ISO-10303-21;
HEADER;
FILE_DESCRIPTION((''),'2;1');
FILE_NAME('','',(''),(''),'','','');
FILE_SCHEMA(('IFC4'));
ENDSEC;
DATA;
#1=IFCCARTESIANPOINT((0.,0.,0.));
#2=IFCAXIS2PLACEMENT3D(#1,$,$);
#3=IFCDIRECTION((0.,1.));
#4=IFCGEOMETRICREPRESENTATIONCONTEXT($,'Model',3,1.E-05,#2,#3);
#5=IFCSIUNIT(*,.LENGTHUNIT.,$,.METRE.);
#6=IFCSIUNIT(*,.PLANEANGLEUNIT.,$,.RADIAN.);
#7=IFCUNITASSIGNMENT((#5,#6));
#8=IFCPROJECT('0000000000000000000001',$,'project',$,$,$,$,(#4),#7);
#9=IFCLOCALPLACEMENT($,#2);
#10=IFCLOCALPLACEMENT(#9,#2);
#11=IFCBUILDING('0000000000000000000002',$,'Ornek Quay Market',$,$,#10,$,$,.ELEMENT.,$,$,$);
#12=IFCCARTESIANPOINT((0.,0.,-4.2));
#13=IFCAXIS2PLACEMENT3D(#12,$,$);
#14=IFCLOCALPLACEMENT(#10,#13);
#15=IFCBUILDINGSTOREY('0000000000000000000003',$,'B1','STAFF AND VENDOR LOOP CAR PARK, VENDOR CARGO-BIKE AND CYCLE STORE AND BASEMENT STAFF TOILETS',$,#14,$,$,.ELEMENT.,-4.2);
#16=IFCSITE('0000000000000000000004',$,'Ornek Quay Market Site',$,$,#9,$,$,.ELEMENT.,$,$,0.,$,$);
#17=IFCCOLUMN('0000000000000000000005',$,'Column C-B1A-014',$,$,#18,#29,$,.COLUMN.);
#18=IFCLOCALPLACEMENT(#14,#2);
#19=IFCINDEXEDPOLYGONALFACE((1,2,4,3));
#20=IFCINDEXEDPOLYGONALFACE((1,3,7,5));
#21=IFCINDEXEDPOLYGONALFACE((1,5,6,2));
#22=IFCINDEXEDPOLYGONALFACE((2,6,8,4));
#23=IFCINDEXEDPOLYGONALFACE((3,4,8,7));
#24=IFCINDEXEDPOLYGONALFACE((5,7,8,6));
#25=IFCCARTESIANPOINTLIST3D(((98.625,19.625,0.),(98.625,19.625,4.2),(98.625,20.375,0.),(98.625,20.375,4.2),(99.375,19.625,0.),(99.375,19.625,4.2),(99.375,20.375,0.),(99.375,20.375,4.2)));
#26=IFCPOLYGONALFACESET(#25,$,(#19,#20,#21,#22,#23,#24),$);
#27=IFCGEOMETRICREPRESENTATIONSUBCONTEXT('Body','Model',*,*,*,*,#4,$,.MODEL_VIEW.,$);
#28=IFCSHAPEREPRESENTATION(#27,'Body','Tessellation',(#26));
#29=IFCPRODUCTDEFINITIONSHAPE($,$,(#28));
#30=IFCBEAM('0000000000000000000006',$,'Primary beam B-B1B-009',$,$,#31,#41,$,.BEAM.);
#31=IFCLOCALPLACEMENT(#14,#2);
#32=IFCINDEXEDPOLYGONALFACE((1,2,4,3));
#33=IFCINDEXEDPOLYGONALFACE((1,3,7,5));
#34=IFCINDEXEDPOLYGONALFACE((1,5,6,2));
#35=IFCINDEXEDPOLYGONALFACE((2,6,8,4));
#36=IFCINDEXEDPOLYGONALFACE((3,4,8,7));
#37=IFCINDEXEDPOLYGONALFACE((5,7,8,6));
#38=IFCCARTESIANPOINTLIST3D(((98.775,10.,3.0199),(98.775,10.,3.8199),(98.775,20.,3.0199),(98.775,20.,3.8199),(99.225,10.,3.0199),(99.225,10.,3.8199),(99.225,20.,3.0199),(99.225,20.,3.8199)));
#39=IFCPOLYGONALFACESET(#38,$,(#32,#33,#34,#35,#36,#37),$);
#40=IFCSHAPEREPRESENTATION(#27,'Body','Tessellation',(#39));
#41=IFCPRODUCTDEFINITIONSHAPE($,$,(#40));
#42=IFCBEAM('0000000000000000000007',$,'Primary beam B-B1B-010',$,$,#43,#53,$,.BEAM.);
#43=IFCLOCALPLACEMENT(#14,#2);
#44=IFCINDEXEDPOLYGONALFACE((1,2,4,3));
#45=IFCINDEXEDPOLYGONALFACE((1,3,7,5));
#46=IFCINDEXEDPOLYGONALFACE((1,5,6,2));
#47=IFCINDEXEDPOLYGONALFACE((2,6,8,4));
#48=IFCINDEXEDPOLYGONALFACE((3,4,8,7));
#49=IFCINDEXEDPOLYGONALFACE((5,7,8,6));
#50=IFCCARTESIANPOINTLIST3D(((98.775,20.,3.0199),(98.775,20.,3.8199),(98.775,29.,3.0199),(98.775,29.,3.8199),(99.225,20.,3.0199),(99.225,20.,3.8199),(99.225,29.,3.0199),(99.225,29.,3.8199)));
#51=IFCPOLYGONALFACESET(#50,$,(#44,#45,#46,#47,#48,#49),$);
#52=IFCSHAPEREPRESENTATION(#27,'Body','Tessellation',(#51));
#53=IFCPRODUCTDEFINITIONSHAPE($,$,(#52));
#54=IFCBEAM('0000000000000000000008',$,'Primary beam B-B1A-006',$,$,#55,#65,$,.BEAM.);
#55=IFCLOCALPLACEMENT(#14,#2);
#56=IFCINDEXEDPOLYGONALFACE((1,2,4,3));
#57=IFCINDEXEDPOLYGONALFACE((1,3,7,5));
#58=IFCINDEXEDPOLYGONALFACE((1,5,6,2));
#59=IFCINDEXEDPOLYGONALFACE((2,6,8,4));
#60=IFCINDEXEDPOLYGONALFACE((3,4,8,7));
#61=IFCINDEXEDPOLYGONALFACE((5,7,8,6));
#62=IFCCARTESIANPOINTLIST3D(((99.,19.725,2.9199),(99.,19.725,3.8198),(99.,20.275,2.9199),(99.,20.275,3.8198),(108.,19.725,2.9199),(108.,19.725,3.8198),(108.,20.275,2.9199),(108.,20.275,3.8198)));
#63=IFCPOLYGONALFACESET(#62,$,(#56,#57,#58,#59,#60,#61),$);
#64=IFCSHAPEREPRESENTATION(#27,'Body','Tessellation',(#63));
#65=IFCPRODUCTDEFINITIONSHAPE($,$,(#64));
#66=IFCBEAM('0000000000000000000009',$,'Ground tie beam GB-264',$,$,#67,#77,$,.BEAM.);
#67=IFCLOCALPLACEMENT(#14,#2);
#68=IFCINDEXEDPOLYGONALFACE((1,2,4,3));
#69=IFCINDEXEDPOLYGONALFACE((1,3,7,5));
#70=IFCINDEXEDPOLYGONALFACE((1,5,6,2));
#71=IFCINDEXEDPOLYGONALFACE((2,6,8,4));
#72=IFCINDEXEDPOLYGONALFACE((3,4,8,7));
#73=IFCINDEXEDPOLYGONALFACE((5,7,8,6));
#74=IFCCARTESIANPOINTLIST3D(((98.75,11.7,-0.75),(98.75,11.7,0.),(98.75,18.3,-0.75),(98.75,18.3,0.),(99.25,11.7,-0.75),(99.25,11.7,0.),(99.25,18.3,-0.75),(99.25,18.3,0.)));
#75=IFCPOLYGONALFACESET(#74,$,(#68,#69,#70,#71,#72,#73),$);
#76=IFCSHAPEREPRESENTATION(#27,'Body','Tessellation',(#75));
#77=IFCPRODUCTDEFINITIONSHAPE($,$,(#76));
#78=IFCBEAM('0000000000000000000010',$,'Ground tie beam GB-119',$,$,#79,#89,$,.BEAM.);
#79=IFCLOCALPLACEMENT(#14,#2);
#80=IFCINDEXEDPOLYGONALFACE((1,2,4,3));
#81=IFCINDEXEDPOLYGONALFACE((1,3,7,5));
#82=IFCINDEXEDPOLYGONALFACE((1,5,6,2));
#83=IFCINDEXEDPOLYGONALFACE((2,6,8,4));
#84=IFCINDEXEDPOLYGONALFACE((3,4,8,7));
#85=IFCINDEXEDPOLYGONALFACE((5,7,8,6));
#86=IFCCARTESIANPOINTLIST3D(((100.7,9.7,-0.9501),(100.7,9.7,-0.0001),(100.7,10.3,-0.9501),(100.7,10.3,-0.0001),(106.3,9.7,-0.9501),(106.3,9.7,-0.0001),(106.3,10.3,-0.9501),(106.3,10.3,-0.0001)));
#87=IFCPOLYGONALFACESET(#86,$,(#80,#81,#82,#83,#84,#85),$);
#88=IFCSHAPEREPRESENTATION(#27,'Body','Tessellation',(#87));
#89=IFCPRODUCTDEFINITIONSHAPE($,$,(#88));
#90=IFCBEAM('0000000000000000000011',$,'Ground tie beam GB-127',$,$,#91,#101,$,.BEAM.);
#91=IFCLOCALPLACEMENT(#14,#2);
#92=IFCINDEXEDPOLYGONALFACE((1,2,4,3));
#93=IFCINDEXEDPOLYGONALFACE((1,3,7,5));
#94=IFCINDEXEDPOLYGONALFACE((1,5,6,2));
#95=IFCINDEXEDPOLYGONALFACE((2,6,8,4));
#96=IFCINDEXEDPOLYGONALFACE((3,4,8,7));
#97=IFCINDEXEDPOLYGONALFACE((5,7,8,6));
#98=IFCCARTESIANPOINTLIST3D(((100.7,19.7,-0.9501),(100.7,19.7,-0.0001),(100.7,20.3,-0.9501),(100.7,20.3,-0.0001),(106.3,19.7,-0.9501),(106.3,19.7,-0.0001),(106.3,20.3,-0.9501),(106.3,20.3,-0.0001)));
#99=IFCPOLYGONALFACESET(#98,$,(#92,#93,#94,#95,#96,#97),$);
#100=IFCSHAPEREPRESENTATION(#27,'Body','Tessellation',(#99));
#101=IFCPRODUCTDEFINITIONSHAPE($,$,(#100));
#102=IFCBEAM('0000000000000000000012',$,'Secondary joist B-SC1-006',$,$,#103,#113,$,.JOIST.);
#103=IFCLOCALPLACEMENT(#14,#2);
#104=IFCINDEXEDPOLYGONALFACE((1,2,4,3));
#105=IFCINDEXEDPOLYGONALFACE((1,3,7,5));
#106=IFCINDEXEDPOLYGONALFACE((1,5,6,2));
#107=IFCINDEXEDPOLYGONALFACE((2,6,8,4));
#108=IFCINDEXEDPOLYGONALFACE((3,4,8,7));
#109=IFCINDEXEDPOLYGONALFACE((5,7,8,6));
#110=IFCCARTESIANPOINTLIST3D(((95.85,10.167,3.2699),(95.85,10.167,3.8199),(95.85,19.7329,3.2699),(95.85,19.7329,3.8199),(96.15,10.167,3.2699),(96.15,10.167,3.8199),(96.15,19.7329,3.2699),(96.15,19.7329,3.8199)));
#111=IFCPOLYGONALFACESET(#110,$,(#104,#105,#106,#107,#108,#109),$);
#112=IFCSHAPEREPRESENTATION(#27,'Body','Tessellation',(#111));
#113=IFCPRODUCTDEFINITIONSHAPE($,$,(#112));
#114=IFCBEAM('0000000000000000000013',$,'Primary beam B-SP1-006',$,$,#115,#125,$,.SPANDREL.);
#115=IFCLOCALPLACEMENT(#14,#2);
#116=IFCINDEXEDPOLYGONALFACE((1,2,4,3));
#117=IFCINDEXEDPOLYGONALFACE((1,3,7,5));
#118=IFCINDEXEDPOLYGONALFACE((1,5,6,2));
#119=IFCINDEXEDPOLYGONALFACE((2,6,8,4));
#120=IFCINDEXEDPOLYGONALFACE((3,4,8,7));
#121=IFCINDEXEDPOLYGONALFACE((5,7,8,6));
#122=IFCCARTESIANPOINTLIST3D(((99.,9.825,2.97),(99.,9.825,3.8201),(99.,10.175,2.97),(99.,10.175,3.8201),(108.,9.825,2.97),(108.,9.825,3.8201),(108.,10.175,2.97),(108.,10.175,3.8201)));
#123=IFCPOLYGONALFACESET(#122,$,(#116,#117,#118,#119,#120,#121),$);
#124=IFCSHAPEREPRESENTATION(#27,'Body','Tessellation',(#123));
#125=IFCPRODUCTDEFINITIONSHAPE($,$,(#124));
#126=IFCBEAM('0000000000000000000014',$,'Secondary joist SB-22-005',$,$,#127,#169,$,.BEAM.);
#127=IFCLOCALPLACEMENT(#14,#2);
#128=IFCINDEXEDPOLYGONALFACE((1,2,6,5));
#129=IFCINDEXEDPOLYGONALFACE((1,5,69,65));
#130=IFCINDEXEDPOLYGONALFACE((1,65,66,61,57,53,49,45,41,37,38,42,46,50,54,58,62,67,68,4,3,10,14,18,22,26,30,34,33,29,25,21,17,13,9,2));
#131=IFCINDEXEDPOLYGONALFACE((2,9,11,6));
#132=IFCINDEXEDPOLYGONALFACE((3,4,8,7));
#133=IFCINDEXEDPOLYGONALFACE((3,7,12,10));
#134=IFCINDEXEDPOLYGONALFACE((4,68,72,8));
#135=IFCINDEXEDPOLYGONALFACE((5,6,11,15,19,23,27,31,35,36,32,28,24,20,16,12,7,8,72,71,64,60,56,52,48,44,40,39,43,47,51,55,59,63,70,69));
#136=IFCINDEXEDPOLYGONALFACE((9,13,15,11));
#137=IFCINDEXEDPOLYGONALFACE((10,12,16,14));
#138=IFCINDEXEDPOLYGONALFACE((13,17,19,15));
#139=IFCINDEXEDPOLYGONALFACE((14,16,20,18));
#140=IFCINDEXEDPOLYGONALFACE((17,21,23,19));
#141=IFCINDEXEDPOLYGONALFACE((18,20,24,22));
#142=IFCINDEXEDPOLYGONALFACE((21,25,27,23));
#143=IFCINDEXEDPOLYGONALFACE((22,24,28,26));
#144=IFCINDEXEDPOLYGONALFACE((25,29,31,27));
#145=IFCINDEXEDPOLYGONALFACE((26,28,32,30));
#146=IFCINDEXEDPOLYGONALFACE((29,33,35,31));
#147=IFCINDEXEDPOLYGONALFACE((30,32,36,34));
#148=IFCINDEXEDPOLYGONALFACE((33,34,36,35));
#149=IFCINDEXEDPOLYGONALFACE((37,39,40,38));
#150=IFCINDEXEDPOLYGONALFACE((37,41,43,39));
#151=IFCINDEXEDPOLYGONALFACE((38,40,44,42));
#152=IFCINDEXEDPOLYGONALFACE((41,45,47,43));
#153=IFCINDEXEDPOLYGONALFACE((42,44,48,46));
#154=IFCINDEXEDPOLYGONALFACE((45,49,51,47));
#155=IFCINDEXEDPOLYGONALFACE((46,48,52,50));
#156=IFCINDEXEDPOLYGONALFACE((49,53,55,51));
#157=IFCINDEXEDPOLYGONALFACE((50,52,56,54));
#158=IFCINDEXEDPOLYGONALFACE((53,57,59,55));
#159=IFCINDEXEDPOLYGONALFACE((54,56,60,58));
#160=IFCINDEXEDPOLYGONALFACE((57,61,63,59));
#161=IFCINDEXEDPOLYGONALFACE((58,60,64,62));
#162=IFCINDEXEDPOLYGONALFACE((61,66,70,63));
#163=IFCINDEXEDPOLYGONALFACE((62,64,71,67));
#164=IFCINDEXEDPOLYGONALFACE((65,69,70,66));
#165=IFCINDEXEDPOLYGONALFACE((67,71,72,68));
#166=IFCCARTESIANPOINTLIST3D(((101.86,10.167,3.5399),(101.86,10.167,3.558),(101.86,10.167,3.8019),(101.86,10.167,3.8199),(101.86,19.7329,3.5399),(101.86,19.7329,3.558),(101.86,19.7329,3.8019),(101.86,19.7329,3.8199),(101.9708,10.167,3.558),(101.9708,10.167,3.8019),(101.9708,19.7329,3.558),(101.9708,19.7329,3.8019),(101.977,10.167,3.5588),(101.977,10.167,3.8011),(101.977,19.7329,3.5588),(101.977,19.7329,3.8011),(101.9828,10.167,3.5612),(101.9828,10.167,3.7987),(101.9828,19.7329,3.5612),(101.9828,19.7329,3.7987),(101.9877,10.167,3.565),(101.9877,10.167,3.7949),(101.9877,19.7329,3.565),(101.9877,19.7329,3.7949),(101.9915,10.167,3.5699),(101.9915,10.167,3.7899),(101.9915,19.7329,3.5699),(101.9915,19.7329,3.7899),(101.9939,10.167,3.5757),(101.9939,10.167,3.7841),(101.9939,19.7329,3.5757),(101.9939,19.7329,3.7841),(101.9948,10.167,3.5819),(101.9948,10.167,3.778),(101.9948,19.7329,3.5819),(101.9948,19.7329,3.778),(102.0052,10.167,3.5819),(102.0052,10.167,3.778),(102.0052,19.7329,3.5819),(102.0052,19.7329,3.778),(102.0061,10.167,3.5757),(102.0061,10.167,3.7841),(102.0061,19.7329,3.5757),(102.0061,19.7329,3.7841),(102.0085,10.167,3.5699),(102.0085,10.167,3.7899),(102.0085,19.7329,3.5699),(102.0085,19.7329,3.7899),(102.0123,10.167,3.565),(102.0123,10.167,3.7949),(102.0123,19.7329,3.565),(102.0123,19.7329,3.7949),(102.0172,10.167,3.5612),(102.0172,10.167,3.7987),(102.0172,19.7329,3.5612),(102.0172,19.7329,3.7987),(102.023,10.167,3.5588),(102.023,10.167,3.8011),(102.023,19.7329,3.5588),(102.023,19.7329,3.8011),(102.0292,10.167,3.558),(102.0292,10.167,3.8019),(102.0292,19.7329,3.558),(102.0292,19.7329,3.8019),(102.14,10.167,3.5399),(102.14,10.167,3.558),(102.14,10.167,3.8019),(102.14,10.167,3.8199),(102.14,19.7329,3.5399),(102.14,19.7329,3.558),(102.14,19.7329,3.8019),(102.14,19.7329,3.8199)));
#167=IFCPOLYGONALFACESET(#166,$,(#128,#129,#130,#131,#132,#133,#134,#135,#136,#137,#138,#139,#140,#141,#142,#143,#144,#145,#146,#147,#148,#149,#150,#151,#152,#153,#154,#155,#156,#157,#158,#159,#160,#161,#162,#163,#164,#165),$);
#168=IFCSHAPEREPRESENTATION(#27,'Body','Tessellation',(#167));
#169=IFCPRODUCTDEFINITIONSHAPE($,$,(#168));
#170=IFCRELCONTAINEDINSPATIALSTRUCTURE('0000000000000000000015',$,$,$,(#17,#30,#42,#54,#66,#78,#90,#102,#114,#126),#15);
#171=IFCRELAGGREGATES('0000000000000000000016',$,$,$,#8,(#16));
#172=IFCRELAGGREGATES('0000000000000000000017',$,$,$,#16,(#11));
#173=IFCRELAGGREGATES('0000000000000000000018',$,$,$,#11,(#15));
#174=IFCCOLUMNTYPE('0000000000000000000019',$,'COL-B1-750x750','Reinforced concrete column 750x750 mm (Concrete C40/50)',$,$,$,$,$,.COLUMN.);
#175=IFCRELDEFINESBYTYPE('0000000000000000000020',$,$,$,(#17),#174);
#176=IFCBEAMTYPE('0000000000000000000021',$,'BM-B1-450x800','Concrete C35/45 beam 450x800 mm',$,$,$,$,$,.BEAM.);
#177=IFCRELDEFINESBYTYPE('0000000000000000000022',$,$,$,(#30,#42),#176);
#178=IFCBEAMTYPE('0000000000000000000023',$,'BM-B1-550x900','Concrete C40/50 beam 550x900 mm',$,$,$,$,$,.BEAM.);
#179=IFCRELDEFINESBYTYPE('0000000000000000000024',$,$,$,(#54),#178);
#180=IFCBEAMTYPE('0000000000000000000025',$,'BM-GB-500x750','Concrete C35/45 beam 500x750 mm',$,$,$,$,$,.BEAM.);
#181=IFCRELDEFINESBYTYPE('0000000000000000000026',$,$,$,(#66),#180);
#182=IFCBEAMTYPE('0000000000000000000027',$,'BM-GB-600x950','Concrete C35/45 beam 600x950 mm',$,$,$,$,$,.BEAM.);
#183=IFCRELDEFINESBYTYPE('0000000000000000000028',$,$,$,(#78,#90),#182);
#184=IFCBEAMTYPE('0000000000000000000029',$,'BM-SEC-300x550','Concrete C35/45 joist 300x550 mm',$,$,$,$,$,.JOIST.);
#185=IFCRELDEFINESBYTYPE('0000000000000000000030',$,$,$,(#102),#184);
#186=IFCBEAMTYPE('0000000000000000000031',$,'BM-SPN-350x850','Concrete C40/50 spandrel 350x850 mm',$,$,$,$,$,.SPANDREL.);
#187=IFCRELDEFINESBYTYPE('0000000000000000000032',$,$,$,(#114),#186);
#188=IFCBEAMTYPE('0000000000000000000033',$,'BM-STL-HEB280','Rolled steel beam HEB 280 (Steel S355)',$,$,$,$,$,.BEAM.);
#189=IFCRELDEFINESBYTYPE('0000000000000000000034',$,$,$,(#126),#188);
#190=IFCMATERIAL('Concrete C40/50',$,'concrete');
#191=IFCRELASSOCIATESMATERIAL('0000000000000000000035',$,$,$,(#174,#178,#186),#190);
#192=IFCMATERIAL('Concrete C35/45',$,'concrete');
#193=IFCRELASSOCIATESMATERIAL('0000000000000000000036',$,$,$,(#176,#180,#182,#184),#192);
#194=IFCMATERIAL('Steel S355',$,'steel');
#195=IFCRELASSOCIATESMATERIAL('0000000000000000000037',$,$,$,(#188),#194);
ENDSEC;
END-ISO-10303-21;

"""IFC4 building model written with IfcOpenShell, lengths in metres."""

from ifc_helpers import new_model, si_unit, direction, frame, origin, origin_2d, place, context, subcontext, project, spatial, rectangle, i_section, extrude, material, material_profile, profile_set, type_object, element, save


model = new_model("IFC4")

# Units and contexts
model_context = context("Model", 3, precision=1e-05, world=origin(), true_north=direction((0.0, 1.0)))
body_context = subcontext(model_context, "Body", "Model", "MODEL_VIEW")
ifc_project = project(units=[si_unit("LENGTHUNIT", "METRE"), si_unit("PLANEANGLEUNIT", "RADIAN")], contexts=[model_context])

# Site, building, storey
site_placement = place(None, origin())
site = spatial("IfcSite", under=ifc_project, at=site_placement, Name="Ornek Quay Market Site", CompositionType="ELEMENT", RefElevation=0.0)
building_placement = place(site_placement, origin())
building = spatial("IfcBuilding", under=site, at=building_placement, Name="Ornek Quay Market", CompositionType="ELEMENT")
storey_placement = place(building_placement, frame((0.0, 0.0, -4.2)))
storey = spatial("IfcBuildingStorey", under=building, at=storey_placement, Name="B1", Description="STAFF AND VENDOR LOOP CAR PARK, VENDOR CARGO-BIKE AND CYCLE STORE AND BASEMENT STAFF TOILETS", CompositionType="ELEMENT", Elevation=-4.2)

# Shared definitions
ifc_material_1 = material(Name="Concrete C35/45", Category="concrete")

# Column
ifc_material_2 = material(Name="Concrete C40/50", Category="concrete")
ifc_material_profile_1 = material_profile(ifc_material_2, rectangle(XDim=0.75, YDim=0.75, at=origin_2d()), Name="RC 750x750", Category="concrete")
ifc_profile_set_1 = profile_set([ifc_material_profile_1], Name="Concrete C40/50")
column_type_1 = type_object("IfcColumnType", Name="COL-B1-750x750", Description="Reinforced concrete column 750x750 mm (Concrete C40/50)", PredefinedType="COLUMN", material=ifc_profile_set_1)
for number, where, z_axis, x_axis, name in (
    (1, (99.0, 20.0, 0.0), (0.0, 0.0, 1.0), (1.0, 0.0, 0.0), "Column C-B1A-014"),
):
    element("IfcColumn", number, at=place(storey_placement, frame(where, z_axis=z_axis, x_axis=x_axis)), inside=storey, type_object=column_type_1, Name=name, PredefinedType="COLUMN", context=body_context, shape_type="SweptSolid", body=[
        extrude(rectangle(XDim=0.75, YDim=0.75, at=origin_2d()), origin(), (0.0, 0.0, 1.0), 4.2),
    ])

# Beams
ifc_material_profile_2 = material_profile(ifc_material_1, rectangle(XDim=0.45, YDim=0.8, at=origin_2d()), Name="RC 450x800", Category="concrete")
ifc_profile_set_2 = profile_set([ifc_material_profile_2], Name="Concrete C35/45")
beam_type_1 = type_object("IfcBeamType", Name="BM-B1-450x800", Description="Concrete C35/45 beam 450x800 mm", PredefinedType="BEAM", material=ifc_profile_set_2)
beam_1_placement = place(storey_placement, frame((99.0, 10.0, 3.4199), z_axis=(0.0, 1.0, 0.0), x_axis=(-1.0, 0.0, 0.0)))
element("IfcBeam", 2, at=beam_1_placement, inside=storey, type_object=beam_type_1, Name="Primary beam B-B1B-009", PredefinedType="BEAM", context=body_context, shape_type="SweptSolid", body=[
    extrude(rectangle(XDim=0.45, YDim=0.8, at=origin_2d()), origin(), (0.0, 0.0, 1.0), 10.0),
])
beam_2_placement = place(storey_placement, frame((99.0, 20.0, 3.4199), z_axis=(0.0, 1.0, 0.0), x_axis=(-1.0, 0.0, 0.0)))
element("IfcBeam", 3, at=beam_2_placement, inside=storey, type_object=beam_type_1, Name="Primary beam B-B1B-010", PredefinedType="BEAM", context=body_context, shape_type="SweptSolid", body=[
    extrude(rectangle(XDim=0.45, YDim=0.8, at=origin_2d()), origin(), (0.0, 0.0, 1.0), 9.0),
])
ifc_material_profile_3 = material_profile(ifc_material_2, rectangle(XDim=0.55, YDim=0.8999, at=origin_2d()), Name="RC 550x900", Category="concrete")
ifc_profile_set_3 = profile_set([ifc_material_profile_3], Name="Concrete C40/50")
beam_type_2 = type_object("IfcBeamType", Name="BM-B1-550x900", Description="Concrete C40/50 beam 550x900 mm", PredefinedType="BEAM", material=ifc_profile_set_3)
beam_3_placement = place(storey_placement, frame((99.0, 20.0, 3.3699), z_axis=(1.0, 0.0, 0.0), x_axis=(0.0, 1.0, 0.0)))
element("IfcBeam", 4, at=beam_3_placement, inside=storey, type_object=beam_type_2, Name="Primary beam B-B1A-006", PredefinedType="BEAM", context=body_context, shape_type="SweptSolid", body=[
    extrude(rectangle(XDim=0.55, YDim=0.8999, at=origin_2d()), origin(), (0.0, 0.0, 1.0), 9.0),
])
ifc_material_profile_4 = material_profile(ifc_material_1, rectangle(XDim=0.5, YDim=0.75, at=origin_2d()), Name="RC 500x750", Category="concrete")
ifc_profile_set_4 = profile_set([ifc_material_profile_4], Name="Concrete C35/45")
beam_type_3 = type_object("IfcBeamType", Name="BM-GB-500x750", Description="Concrete C35/45 beam 500x750 mm", PredefinedType="BEAM", material=ifc_profile_set_4)
beam_4_placement = place(storey_placement, frame((99.0, 11.7, -0.375), z_axis=(0.0, 1.0, 0.0), x_axis=(-1.0, 0.0, 0.0)))
element("IfcBeam", 5, at=beam_4_placement, inside=storey, type_object=beam_type_3, Name="Ground tie beam GB-264", PredefinedType="BEAM", context=body_context, shape_type="SweptSolid", body=[
    extrude(rectangle(XDim=0.5, YDim=0.75, at=origin_2d()), origin(), (0.0, 0.0, 1.0), 6.6001),
])
ifc_material_profile_5 = material_profile(ifc_material_1, rectangle(XDim=0.6001, YDim=0.95, at=origin_2d()), Name="RC 600x950", Category="concrete")
ifc_profile_set_5 = profile_set([ifc_material_profile_5], Name="Concrete C35/45")
beam_type_4 = type_object("IfcBeamType", Name="BM-GB-600x950", Description="Concrete C35/45 beam 600x950 mm", PredefinedType="BEAM", material=ifc_profile_set_5)
for number, where, z_axis, x_axis, name in (
    (6, (100.7, 10.0, -0.4751), (1.0, 0.0, 0.0), (0.0, 1.0, 0.0), "Ground tie beam GB-119"),
    (7, (100.7, 20.0, -0.4751), (1.0, 0.0, 0.0), (0.0, 1.0, 0.0), "Ground tie beam GB-127"),
):
    element("IfcBeam", number, at=place(storey_placement, frame(where, z_axis=z_axis, x_axis=x_axis)), inside=storey, type_object=beam_type_4, Name=name, PredefinedType="BEAM", context=body_context, shape_type="SweptSolid", body=[
        extrude(rectangle(XDim=0.6001, YDim=0.95, at=origin_2d()), origin(), (0.0, 0.0, 1.0), 5.6001),
    ])
ifc_material_profile_6 = material_profile(ifc_material_1, rectangle(XDim=0.3, YDim=0.55, at=origin_2d()), Name="RC 300x550", Category="concrete")
ifc_profile_set_6 = profile_set([ifc_material_profile_6], Name="Concrete C35/45")
beam_type_5 = type_object("IfcBeamType", Name="BM-SEC-300x550", Description="Concrete C35/45 joist 300x550 mm", PredefinedType="JOIST", material=ifc_profile_set_6)
beam_5_placement = place(storey_placement, frame((96.0, 10.167, 3.5449), z_axis=(0.0, 1.0, 0.0), x_axis=(-1.0, 0.0, 0.0)))
element("IfcBeam", 8, at=beam_5_placement, inside=storey, type_object=beam_type_5, Name="Secondary joist B-SC1-006", PredefinedType="JOIST", context=body_context, shape_type="SweptSolid", body=[
    extrude(rectangle(XDim=0.3, YDim=0.55, at=origin_2d()), origin(), (0.0, 0.0, 1.0), 9.5659),
])
ifc_material_profile_7 = material_profile(ifc_material_2, rectangle(XDim=0.3501, YDim=0.8501, at=origin_2d()), Name="RC 350x850", Category="concrete")
ifc_profile_set_7 = profile_set([ifc_material_profile_7], Name="Concrete C40/50")
beam_type_6 = type_object("IfcBeamType", Name="BM-SPN-350x850", Description="Concrete C40/50 spandrel 350x850 mm", PredefinedType="SPANDREL", material=ifc_profile_set_7)
beam_6_placement = place(storey_placement, frame((99.0, 10.0, 3.395), z_axis=(1.0, 0.0, 0.0), x_axis=(0.0, 1.0, 0.0)))
element("IfcBeam", 9, at=beam_6_placement, inside=storey, type_object=beam_type_6, Name="Primary beam B-SP1-006", PredefinedType="SPANDREL", context=body_context, shape_type="SweptSolid", body=[
    extrude(rectangle(XDim=0.3501, YDim=0.8501, at=origin_2d()), origin(), (0.0, 0.0, 1.0), 9.0),
])
ifc_material_3 = material(Name="Steel S355", Category="steel")
ifc_material_profile_8 = material_profile(ifc_material_3, i_section(OverallWidth=0.28, OverallDepth=0.28, WebThickness=0.0105, FlangeThickness=0.0181, FilletRadius=0.0239, at=origin_2d()), Name="HEB 280", Category="steel")
ifc_profile_set_8 = profile_set([ifc_material_profile_8], Name="Steel S355")
beam_type_7 = type_object("IfcBeamType", Name="BM-STL-HEB280", Description="Rolled steel beam HEB 280 (Steel S355)", PredefinedType="BEAM", material=ifc_profile_set_8)
for number, where, z_axis, x_axis, name in (
    (10, (102.0, 10.167, 3.6799), (0.0, 1.0, 0.0), (-1.0, 0.0, 0.0), "Secondary joist SB-22-005"),
):
    element("IfcBeam", number, at=place(storey_placement, frame(where, z_axis=z_axis, x_axis=x_axis)), inside=storey, type_object=beam_type_7, Name=name, PredefinedType="BEAM", context=body_context, shape_type="SweptSolid", body=[
        extrude(i_section(OverallWidth=0.28, OverallDepth=0.28, WebThickness=0.0105, FlangeThickness=0.0181, FilletRadius=0.0239, at=origin_2d()), origin(), (0.0, 0.0, 1.0), 9.5659),
    ])

save(model, "model.ifc")
